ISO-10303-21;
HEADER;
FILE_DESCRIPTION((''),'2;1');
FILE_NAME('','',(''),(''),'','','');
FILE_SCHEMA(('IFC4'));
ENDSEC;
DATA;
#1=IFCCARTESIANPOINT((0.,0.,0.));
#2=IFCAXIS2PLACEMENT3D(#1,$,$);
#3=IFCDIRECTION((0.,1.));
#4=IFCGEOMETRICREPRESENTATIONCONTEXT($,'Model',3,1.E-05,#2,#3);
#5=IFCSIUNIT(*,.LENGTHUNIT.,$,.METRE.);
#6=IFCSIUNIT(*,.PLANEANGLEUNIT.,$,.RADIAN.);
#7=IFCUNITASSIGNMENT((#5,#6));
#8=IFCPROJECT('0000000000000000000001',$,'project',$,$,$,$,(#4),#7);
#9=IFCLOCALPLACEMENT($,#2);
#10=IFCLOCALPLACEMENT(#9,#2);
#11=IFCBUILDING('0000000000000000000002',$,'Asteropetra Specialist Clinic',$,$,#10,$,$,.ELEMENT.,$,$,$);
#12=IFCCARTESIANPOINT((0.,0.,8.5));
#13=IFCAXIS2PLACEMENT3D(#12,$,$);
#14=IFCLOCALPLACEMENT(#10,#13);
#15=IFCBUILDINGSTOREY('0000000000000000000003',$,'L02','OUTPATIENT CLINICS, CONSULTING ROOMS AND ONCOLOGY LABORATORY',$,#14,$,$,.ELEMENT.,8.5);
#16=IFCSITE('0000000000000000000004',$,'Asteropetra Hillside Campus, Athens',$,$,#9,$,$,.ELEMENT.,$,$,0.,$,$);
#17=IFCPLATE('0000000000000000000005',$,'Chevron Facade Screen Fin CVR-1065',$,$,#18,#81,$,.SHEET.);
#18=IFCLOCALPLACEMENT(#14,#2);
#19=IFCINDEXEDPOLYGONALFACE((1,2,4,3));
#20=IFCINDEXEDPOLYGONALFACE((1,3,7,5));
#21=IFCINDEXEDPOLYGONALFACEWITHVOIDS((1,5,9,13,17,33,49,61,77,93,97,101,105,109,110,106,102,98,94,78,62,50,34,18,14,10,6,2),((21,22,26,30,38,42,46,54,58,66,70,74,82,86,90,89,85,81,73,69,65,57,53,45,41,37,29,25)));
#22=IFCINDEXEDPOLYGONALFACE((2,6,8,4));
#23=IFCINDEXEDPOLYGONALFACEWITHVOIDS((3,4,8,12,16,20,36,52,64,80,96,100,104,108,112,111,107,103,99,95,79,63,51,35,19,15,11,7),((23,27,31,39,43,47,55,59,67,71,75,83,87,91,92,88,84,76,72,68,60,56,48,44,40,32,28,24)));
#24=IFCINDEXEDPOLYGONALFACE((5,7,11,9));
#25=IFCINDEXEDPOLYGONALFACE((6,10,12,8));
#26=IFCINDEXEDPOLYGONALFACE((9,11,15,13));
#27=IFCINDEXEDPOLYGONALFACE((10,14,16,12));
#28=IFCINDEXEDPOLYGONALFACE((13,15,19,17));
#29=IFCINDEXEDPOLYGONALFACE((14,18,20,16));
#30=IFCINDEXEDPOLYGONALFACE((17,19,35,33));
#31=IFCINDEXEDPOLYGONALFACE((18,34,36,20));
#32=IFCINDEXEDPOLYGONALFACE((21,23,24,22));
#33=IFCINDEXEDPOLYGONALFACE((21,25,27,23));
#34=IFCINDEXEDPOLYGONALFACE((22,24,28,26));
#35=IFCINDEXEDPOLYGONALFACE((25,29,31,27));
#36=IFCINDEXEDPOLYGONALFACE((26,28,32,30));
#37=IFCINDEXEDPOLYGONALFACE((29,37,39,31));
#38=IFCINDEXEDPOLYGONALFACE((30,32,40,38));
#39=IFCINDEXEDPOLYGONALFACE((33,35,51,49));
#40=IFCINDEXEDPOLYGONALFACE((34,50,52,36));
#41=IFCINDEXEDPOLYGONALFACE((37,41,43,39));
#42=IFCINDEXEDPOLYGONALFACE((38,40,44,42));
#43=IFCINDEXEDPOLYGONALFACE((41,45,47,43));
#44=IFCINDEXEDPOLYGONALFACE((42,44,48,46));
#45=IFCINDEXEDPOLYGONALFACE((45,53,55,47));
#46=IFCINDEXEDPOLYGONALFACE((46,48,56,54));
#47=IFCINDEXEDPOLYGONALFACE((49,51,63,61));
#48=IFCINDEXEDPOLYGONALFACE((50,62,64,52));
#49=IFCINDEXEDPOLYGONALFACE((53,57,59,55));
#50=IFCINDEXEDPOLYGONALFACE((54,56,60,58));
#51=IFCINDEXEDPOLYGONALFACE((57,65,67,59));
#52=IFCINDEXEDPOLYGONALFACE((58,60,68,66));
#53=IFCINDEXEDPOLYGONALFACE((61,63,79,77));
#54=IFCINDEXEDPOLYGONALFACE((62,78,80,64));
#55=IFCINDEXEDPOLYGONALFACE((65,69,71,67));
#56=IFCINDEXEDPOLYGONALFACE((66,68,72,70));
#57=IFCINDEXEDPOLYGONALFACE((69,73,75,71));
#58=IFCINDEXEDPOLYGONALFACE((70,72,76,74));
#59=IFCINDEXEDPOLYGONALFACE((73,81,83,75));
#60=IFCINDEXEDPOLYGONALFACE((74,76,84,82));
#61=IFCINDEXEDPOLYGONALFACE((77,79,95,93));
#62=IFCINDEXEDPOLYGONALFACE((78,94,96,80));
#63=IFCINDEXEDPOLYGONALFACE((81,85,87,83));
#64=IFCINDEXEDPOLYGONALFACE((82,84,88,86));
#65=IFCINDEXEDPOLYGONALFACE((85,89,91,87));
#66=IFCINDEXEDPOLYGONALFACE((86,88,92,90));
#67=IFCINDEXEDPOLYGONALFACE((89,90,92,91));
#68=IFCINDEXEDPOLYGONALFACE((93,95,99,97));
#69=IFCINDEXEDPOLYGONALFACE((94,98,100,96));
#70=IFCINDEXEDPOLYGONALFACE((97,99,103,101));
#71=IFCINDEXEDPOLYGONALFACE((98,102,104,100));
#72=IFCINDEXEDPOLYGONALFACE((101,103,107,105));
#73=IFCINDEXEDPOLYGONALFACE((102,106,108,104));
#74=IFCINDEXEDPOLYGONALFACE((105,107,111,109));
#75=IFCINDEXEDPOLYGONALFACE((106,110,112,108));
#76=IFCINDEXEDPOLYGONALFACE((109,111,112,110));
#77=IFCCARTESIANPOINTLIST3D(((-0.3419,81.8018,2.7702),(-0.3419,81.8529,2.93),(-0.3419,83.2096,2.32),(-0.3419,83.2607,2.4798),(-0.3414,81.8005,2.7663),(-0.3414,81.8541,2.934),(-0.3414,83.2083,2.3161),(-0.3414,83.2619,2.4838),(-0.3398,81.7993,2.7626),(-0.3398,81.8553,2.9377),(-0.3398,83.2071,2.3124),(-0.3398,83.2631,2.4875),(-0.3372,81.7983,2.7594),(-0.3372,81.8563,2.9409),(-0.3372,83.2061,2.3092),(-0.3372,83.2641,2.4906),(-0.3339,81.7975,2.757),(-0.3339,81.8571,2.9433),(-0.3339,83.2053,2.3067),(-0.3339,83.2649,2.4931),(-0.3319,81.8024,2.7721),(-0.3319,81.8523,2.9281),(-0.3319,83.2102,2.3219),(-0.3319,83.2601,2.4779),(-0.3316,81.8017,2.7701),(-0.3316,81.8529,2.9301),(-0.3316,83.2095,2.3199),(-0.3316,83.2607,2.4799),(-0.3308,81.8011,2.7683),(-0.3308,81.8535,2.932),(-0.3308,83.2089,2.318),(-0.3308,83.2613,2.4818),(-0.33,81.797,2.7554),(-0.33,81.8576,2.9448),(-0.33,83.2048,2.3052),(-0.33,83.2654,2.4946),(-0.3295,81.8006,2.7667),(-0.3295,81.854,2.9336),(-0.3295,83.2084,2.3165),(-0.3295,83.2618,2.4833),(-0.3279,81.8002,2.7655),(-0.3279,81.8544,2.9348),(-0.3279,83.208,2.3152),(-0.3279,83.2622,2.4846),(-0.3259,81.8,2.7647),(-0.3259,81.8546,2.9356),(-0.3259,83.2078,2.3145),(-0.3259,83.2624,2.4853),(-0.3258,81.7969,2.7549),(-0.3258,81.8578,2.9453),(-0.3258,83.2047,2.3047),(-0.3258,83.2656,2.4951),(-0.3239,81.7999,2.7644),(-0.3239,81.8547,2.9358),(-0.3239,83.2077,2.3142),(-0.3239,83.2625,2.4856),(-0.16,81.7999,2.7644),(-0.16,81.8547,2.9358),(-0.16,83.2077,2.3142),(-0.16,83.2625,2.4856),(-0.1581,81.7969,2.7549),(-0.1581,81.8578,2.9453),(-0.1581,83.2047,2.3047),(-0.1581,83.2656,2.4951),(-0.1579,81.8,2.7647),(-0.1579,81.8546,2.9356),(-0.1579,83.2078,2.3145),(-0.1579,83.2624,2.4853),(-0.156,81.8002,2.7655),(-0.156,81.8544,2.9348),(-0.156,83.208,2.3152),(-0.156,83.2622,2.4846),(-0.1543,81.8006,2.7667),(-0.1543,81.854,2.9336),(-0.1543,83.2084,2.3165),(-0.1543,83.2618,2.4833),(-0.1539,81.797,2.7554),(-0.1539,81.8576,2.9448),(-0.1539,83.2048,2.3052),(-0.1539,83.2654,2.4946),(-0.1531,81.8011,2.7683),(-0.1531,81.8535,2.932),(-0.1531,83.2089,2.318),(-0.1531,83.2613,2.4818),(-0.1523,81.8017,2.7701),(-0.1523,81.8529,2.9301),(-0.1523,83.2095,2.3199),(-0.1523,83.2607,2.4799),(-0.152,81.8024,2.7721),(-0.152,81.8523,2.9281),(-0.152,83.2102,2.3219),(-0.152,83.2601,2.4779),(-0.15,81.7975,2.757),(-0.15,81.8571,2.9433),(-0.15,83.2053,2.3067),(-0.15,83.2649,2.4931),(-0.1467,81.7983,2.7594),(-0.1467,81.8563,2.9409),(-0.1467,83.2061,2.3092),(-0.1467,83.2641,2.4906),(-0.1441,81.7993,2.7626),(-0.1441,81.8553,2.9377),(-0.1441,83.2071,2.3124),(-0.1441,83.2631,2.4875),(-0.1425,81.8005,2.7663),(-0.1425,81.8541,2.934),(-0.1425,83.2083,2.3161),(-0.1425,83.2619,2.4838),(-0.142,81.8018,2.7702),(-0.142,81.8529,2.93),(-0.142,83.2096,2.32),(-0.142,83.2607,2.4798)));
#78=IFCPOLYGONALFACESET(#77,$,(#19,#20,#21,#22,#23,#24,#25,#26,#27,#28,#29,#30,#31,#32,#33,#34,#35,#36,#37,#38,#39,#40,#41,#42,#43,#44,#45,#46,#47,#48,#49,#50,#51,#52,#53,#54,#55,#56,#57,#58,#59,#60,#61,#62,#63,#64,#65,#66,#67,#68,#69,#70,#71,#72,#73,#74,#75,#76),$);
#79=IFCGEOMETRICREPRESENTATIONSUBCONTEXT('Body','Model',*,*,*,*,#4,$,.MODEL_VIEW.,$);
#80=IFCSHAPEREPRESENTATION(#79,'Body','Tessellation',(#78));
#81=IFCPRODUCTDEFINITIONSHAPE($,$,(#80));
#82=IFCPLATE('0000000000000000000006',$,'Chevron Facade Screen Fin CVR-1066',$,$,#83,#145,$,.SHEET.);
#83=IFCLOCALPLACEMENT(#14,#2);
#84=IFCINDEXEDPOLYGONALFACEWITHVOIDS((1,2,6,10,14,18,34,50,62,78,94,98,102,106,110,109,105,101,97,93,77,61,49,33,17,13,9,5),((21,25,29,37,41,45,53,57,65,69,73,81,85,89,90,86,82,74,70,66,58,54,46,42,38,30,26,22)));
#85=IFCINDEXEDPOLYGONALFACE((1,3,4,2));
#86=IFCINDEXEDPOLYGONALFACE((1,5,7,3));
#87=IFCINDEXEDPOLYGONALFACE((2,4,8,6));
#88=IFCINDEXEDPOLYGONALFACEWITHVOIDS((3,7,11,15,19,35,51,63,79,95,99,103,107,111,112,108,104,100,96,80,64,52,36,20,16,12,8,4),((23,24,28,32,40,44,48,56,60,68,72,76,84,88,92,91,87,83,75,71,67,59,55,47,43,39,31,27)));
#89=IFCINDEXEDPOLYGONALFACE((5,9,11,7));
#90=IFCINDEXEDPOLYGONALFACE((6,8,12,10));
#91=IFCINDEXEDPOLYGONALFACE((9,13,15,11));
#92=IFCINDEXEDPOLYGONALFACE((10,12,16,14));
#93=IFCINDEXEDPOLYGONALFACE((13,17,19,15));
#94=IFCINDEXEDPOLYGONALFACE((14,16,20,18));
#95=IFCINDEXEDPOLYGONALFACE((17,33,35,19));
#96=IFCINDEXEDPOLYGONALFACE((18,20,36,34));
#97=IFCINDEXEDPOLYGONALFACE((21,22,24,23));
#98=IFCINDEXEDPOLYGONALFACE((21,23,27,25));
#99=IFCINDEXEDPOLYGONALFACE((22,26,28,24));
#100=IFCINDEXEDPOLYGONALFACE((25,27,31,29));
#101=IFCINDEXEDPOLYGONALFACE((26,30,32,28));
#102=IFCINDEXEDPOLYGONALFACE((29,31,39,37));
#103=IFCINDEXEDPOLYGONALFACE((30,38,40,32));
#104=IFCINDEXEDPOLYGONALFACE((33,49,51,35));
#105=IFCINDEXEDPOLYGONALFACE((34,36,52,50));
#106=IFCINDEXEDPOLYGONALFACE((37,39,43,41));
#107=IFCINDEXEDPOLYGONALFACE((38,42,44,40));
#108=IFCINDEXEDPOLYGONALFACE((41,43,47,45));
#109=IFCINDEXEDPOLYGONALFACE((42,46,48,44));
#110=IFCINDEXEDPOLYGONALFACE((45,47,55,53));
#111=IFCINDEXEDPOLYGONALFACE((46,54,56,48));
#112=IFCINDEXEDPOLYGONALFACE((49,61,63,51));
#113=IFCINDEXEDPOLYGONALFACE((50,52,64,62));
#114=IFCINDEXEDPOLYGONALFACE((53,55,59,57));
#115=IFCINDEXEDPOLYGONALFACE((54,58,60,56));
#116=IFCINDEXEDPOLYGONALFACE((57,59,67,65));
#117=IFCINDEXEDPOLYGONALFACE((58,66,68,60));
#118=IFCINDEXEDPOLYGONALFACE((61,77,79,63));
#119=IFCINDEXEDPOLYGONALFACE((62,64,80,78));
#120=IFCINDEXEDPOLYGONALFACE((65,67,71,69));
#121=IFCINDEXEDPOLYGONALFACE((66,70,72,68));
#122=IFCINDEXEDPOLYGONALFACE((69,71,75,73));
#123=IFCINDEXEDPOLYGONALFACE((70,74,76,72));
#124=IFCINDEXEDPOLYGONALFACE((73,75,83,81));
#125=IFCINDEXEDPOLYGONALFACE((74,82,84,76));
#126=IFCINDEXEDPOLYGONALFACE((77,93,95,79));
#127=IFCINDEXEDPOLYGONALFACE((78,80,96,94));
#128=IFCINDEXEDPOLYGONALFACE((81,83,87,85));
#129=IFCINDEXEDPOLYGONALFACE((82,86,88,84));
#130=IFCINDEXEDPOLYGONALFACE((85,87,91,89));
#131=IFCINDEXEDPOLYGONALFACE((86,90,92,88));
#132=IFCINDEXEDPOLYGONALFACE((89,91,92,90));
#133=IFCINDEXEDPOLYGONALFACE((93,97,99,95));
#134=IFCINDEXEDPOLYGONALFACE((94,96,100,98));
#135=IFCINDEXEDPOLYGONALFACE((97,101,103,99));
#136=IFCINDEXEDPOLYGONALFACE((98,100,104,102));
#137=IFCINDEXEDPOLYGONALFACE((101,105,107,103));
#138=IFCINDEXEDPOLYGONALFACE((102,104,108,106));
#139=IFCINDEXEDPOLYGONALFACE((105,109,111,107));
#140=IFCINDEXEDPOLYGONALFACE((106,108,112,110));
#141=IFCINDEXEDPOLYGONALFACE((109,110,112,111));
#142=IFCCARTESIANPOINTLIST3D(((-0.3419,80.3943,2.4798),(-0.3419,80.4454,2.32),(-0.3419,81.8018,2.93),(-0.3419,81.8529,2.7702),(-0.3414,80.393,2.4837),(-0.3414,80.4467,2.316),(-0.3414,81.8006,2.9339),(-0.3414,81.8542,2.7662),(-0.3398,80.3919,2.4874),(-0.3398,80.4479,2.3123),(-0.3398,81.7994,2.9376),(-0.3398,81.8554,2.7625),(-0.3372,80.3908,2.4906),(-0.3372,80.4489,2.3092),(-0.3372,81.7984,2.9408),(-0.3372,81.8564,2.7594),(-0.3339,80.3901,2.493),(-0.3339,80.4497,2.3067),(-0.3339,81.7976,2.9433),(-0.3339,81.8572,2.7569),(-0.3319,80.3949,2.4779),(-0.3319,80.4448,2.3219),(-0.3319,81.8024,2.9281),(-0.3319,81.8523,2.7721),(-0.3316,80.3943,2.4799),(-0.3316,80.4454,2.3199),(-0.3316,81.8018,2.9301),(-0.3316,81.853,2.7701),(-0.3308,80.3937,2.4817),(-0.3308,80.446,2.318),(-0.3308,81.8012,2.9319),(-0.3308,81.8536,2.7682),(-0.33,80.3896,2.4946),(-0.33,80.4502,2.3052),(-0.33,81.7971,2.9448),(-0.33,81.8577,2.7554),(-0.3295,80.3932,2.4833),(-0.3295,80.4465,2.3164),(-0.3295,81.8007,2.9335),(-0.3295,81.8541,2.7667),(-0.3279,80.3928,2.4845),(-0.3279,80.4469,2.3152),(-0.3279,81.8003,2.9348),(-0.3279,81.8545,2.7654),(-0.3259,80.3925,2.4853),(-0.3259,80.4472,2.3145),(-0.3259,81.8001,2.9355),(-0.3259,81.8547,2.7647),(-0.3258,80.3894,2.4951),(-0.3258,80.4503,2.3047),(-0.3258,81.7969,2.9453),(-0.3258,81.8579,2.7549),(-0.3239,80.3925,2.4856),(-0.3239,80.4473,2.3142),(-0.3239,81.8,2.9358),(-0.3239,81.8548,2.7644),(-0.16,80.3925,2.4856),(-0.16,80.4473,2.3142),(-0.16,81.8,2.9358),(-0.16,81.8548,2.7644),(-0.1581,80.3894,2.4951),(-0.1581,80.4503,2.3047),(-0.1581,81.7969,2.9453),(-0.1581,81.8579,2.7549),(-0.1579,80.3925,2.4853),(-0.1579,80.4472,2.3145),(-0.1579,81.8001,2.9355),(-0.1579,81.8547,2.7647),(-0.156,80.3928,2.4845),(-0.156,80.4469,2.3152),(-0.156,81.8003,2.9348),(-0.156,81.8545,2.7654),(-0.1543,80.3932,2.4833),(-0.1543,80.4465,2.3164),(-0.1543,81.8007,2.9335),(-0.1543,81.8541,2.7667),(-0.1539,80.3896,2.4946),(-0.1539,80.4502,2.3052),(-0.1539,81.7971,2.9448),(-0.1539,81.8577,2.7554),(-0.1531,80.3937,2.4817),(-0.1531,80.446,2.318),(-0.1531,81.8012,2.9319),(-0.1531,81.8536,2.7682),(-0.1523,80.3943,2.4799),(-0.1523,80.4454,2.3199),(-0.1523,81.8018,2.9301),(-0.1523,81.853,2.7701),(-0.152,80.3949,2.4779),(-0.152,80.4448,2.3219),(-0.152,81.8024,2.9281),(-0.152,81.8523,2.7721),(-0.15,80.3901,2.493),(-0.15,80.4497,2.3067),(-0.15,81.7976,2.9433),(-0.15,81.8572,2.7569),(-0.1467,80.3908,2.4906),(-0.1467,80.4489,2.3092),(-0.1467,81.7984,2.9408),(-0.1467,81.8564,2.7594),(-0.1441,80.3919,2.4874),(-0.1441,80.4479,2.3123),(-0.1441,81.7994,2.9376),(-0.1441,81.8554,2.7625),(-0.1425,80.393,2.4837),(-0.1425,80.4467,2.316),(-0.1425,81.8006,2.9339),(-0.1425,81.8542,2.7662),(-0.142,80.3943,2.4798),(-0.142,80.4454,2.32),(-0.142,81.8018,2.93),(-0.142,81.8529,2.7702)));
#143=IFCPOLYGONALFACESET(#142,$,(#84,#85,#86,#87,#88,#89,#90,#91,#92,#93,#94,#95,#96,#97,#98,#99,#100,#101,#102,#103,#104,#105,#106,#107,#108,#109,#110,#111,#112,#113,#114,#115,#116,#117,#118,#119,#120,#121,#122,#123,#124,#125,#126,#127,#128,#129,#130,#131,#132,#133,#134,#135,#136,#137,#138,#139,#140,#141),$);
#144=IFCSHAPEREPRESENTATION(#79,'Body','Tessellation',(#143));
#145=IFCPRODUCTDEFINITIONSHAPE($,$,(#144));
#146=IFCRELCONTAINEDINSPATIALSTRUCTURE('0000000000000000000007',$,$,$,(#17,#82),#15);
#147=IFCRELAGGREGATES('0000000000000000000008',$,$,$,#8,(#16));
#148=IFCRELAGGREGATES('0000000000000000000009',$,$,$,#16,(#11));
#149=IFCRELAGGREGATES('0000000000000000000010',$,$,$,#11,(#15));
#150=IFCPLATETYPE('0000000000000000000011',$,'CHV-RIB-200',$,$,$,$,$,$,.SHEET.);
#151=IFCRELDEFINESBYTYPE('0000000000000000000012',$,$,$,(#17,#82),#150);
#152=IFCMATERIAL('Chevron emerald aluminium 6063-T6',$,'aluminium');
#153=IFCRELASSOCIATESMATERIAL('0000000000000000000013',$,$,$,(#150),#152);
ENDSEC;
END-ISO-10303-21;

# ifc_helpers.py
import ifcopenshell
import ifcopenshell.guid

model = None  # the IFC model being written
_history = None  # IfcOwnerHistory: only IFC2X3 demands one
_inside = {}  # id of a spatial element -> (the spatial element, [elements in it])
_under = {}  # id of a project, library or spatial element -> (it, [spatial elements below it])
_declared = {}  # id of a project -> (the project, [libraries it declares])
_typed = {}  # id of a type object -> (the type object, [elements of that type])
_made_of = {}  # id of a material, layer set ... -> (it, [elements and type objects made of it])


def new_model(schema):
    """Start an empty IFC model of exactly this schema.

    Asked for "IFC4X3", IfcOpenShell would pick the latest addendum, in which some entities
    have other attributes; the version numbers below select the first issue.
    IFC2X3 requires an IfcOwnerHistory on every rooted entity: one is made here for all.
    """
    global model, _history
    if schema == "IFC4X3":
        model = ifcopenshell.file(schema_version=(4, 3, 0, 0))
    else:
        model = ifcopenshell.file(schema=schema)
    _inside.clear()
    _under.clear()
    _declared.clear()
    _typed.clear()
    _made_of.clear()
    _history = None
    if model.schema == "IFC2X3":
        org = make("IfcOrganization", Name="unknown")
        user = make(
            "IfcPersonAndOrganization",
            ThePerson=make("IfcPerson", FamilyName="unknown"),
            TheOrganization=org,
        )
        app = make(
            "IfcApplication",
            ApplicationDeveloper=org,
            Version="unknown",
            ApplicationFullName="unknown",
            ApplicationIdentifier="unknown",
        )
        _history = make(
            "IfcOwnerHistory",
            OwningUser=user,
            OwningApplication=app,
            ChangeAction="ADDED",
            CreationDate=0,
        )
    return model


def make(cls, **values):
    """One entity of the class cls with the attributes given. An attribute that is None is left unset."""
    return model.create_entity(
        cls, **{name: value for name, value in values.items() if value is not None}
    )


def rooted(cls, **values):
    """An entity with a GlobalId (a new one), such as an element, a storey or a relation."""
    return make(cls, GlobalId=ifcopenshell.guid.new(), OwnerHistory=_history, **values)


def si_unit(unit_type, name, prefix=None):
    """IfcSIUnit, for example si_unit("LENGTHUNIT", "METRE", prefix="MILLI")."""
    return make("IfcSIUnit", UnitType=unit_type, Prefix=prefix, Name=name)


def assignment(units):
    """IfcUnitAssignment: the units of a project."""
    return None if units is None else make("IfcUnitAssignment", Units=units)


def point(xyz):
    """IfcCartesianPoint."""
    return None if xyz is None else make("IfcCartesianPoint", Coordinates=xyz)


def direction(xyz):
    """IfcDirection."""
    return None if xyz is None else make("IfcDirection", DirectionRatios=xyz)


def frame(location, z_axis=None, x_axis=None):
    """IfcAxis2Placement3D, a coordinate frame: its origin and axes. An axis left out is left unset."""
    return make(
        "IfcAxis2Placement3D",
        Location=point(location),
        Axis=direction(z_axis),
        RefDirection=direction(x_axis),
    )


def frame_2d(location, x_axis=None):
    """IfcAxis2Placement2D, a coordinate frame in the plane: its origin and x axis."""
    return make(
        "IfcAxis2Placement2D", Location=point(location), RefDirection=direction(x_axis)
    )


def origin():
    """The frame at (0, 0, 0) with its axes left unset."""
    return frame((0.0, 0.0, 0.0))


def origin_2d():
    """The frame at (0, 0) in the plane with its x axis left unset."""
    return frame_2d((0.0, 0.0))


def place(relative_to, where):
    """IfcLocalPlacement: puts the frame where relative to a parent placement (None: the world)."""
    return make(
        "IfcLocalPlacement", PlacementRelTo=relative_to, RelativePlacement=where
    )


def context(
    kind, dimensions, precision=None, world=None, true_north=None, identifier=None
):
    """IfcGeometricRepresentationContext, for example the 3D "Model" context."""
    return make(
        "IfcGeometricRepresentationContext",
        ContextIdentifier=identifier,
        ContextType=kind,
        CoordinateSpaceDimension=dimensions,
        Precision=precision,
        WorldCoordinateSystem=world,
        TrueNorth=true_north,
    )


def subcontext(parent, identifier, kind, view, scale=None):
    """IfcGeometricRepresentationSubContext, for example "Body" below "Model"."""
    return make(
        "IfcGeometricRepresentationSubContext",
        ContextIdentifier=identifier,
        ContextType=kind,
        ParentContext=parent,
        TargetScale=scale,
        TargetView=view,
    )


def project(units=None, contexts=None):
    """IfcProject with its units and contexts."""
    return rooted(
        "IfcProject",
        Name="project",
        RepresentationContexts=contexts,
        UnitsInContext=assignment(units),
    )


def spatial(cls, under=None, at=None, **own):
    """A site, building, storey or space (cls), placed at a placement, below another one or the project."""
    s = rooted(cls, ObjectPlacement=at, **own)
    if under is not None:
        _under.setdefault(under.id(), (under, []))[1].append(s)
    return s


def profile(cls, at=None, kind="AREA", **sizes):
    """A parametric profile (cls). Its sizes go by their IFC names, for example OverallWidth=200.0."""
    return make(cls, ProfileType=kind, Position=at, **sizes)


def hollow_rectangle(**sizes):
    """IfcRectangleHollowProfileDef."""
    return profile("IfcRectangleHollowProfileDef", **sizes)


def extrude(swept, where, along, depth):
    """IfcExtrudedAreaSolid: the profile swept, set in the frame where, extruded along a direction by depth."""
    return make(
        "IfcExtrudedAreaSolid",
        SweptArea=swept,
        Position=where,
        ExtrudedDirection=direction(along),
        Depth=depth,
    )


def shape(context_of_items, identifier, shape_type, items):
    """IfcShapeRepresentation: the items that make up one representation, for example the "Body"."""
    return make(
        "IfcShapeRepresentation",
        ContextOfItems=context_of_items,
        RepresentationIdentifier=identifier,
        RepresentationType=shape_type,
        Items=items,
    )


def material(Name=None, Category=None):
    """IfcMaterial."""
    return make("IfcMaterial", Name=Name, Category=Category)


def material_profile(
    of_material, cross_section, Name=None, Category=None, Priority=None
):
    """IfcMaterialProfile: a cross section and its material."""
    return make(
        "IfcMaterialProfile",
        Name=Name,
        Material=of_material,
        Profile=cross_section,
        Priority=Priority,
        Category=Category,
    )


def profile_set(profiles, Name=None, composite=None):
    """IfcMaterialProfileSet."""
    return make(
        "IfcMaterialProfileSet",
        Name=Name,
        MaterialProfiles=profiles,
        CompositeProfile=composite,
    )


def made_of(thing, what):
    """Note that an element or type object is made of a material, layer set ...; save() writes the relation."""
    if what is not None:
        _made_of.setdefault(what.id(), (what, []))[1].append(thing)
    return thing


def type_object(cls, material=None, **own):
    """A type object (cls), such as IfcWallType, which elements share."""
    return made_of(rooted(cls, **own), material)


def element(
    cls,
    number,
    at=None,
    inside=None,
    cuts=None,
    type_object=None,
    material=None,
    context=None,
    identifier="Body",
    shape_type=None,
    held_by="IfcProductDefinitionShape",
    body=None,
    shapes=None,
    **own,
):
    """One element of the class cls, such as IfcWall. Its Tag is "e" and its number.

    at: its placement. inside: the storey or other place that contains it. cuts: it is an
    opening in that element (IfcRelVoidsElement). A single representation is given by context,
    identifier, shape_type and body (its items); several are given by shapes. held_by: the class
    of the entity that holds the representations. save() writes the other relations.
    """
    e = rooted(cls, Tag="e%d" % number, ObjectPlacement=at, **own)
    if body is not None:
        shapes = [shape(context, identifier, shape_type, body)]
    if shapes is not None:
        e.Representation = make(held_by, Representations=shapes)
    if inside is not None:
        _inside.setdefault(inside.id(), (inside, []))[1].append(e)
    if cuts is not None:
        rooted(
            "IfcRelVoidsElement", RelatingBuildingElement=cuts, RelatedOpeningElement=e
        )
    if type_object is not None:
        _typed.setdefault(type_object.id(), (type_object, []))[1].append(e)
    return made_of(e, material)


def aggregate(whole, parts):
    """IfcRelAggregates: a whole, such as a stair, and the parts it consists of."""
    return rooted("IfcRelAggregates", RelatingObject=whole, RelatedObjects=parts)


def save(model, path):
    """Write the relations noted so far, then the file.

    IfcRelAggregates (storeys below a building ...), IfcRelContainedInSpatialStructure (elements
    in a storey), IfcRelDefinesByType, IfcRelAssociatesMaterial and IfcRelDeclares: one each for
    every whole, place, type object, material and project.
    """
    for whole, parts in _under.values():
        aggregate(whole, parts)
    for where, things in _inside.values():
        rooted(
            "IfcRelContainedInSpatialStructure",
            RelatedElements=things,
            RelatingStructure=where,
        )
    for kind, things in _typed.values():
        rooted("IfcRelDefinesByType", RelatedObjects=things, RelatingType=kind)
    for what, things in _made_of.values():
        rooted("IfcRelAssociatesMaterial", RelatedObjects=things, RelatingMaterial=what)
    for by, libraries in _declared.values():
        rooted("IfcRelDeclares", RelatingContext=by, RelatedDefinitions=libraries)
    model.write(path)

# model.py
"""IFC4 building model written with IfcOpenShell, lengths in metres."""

from ifc_helpers import new_model, si_unit, direction, frame, origin, origin_2d, place, context, subcontext, project, spatial, hollow_rectangle, extrude, material, material_profile, profile_set, type_object, element, save


model = new_model("IFC4")

# Units and contexts
model_context = context("Model", 3, precision=1e-05, world=origin(), true_north=direction((0.0, 1.0)))
body_context = subcontext(model_context, "Body", "Model", "MODEL_VIEW")
ifc_project = project(units=[si_unit("LENGTHUNIT", "METRE"), si_unit("PLANEANGLEUNIT", "RADIAN")], contexts=[model_context])

# Site, building, storey
site_placement = place(None, origin())
site = spatial("IfcSite", under=ifc_project, at=site_placement, Name="Asteropetra Hillside Campus, Athens", CompositionType="ELEMENT", RefElevation=0.0)
building_placement = place(site_placement, origin())
building = spatial("IfcBuilding", under=site, at=building_placement, Name="Asteropetra Specialist Clinic", CompositionType="ELEMENT")
storey_placement = place(building_placement, frame((0.0, 0.0, 8.5)))
storey = spatial("IfcBuildingStorey", under=building, at=storey_placement, Name="L02", Description="OUTPATIENT CLINICS, CONSULTING ROOMS AND ONCOLOGY LABORATORY", CompositionType="ELEMENT", Elevation=8.5)

# Plates
ifc_material_1 = material(Name="Chevron emerald aluminium 6063-T6", Category="aluminium")
ifc_material_profile = material_profile(ifc_material_1, hollow_rectangle(XDim=0.2, YDim=0.2, WallThickness=0.01, InnerFilletRadius=0.0081, OuterFilletRadius=0.0161, at=origin_2d()), Name="SHS 200x200x10.0")
ifc_profile_set = profile_set([ifc_material_profile], Name="Chevron emerald aluminium 6063-T6")
plate_type_1 = type_object("IfcPlateType", Name="CHV-RIB-200", PredefinedType="SHEET", material=ifc_profile_set)
plate_1_placement = place(storey_placement, frame((-0.2419, 83.2351, 2.3999), z_axis=(0.0, -0.952478, 0.304608), x_axis=(1.0, 0.0, 0.0)))
element("IfcPlate", 1, at=plate_1_placement, inside=storey, type_object=plate_type_1, Name="Chevron Facade Screen Fin CVR-1065", PredefinedType="SHEET", context=body_context, shape_type="SweptSolid", body=[
    extrude(hollow_rectangle(XDim=0.2, YDim=0.2, WallThickness=0.01, InnerFilletRadius=0.0081, OuterFilletRadius=0.0161, at=origin_2d()), origin(), (0.0, 0.0, 1.0), 1.478),
])
plate_2_placement = place(storey_placement, frame((-0.2419, 81.8274, 2.8501), z_axis=(0.0, -0.952463, -0.304656), x_axis=(1.0, 0.0, 0.0)))
element("IfcPlate", 2, at=plate_2_placement, inside=storey, type_object=plate_type_1, Name="Chevron Facade Screen Fin CVR-1066", PredefinedType="SHEET", context=body_context, shape_type="SweptSolid", body=[
    extrude(hollow_rectangle(XDim=0.2, YDim=0.2, WallThickness=0.01, InnerFilletRadius=0.0081, OuterFilletRadius=0.0161, at=origin_2d()), origin(), (0.0, 0.0, 1.0), 1.4778),
])

save(model, "model.ifc")
